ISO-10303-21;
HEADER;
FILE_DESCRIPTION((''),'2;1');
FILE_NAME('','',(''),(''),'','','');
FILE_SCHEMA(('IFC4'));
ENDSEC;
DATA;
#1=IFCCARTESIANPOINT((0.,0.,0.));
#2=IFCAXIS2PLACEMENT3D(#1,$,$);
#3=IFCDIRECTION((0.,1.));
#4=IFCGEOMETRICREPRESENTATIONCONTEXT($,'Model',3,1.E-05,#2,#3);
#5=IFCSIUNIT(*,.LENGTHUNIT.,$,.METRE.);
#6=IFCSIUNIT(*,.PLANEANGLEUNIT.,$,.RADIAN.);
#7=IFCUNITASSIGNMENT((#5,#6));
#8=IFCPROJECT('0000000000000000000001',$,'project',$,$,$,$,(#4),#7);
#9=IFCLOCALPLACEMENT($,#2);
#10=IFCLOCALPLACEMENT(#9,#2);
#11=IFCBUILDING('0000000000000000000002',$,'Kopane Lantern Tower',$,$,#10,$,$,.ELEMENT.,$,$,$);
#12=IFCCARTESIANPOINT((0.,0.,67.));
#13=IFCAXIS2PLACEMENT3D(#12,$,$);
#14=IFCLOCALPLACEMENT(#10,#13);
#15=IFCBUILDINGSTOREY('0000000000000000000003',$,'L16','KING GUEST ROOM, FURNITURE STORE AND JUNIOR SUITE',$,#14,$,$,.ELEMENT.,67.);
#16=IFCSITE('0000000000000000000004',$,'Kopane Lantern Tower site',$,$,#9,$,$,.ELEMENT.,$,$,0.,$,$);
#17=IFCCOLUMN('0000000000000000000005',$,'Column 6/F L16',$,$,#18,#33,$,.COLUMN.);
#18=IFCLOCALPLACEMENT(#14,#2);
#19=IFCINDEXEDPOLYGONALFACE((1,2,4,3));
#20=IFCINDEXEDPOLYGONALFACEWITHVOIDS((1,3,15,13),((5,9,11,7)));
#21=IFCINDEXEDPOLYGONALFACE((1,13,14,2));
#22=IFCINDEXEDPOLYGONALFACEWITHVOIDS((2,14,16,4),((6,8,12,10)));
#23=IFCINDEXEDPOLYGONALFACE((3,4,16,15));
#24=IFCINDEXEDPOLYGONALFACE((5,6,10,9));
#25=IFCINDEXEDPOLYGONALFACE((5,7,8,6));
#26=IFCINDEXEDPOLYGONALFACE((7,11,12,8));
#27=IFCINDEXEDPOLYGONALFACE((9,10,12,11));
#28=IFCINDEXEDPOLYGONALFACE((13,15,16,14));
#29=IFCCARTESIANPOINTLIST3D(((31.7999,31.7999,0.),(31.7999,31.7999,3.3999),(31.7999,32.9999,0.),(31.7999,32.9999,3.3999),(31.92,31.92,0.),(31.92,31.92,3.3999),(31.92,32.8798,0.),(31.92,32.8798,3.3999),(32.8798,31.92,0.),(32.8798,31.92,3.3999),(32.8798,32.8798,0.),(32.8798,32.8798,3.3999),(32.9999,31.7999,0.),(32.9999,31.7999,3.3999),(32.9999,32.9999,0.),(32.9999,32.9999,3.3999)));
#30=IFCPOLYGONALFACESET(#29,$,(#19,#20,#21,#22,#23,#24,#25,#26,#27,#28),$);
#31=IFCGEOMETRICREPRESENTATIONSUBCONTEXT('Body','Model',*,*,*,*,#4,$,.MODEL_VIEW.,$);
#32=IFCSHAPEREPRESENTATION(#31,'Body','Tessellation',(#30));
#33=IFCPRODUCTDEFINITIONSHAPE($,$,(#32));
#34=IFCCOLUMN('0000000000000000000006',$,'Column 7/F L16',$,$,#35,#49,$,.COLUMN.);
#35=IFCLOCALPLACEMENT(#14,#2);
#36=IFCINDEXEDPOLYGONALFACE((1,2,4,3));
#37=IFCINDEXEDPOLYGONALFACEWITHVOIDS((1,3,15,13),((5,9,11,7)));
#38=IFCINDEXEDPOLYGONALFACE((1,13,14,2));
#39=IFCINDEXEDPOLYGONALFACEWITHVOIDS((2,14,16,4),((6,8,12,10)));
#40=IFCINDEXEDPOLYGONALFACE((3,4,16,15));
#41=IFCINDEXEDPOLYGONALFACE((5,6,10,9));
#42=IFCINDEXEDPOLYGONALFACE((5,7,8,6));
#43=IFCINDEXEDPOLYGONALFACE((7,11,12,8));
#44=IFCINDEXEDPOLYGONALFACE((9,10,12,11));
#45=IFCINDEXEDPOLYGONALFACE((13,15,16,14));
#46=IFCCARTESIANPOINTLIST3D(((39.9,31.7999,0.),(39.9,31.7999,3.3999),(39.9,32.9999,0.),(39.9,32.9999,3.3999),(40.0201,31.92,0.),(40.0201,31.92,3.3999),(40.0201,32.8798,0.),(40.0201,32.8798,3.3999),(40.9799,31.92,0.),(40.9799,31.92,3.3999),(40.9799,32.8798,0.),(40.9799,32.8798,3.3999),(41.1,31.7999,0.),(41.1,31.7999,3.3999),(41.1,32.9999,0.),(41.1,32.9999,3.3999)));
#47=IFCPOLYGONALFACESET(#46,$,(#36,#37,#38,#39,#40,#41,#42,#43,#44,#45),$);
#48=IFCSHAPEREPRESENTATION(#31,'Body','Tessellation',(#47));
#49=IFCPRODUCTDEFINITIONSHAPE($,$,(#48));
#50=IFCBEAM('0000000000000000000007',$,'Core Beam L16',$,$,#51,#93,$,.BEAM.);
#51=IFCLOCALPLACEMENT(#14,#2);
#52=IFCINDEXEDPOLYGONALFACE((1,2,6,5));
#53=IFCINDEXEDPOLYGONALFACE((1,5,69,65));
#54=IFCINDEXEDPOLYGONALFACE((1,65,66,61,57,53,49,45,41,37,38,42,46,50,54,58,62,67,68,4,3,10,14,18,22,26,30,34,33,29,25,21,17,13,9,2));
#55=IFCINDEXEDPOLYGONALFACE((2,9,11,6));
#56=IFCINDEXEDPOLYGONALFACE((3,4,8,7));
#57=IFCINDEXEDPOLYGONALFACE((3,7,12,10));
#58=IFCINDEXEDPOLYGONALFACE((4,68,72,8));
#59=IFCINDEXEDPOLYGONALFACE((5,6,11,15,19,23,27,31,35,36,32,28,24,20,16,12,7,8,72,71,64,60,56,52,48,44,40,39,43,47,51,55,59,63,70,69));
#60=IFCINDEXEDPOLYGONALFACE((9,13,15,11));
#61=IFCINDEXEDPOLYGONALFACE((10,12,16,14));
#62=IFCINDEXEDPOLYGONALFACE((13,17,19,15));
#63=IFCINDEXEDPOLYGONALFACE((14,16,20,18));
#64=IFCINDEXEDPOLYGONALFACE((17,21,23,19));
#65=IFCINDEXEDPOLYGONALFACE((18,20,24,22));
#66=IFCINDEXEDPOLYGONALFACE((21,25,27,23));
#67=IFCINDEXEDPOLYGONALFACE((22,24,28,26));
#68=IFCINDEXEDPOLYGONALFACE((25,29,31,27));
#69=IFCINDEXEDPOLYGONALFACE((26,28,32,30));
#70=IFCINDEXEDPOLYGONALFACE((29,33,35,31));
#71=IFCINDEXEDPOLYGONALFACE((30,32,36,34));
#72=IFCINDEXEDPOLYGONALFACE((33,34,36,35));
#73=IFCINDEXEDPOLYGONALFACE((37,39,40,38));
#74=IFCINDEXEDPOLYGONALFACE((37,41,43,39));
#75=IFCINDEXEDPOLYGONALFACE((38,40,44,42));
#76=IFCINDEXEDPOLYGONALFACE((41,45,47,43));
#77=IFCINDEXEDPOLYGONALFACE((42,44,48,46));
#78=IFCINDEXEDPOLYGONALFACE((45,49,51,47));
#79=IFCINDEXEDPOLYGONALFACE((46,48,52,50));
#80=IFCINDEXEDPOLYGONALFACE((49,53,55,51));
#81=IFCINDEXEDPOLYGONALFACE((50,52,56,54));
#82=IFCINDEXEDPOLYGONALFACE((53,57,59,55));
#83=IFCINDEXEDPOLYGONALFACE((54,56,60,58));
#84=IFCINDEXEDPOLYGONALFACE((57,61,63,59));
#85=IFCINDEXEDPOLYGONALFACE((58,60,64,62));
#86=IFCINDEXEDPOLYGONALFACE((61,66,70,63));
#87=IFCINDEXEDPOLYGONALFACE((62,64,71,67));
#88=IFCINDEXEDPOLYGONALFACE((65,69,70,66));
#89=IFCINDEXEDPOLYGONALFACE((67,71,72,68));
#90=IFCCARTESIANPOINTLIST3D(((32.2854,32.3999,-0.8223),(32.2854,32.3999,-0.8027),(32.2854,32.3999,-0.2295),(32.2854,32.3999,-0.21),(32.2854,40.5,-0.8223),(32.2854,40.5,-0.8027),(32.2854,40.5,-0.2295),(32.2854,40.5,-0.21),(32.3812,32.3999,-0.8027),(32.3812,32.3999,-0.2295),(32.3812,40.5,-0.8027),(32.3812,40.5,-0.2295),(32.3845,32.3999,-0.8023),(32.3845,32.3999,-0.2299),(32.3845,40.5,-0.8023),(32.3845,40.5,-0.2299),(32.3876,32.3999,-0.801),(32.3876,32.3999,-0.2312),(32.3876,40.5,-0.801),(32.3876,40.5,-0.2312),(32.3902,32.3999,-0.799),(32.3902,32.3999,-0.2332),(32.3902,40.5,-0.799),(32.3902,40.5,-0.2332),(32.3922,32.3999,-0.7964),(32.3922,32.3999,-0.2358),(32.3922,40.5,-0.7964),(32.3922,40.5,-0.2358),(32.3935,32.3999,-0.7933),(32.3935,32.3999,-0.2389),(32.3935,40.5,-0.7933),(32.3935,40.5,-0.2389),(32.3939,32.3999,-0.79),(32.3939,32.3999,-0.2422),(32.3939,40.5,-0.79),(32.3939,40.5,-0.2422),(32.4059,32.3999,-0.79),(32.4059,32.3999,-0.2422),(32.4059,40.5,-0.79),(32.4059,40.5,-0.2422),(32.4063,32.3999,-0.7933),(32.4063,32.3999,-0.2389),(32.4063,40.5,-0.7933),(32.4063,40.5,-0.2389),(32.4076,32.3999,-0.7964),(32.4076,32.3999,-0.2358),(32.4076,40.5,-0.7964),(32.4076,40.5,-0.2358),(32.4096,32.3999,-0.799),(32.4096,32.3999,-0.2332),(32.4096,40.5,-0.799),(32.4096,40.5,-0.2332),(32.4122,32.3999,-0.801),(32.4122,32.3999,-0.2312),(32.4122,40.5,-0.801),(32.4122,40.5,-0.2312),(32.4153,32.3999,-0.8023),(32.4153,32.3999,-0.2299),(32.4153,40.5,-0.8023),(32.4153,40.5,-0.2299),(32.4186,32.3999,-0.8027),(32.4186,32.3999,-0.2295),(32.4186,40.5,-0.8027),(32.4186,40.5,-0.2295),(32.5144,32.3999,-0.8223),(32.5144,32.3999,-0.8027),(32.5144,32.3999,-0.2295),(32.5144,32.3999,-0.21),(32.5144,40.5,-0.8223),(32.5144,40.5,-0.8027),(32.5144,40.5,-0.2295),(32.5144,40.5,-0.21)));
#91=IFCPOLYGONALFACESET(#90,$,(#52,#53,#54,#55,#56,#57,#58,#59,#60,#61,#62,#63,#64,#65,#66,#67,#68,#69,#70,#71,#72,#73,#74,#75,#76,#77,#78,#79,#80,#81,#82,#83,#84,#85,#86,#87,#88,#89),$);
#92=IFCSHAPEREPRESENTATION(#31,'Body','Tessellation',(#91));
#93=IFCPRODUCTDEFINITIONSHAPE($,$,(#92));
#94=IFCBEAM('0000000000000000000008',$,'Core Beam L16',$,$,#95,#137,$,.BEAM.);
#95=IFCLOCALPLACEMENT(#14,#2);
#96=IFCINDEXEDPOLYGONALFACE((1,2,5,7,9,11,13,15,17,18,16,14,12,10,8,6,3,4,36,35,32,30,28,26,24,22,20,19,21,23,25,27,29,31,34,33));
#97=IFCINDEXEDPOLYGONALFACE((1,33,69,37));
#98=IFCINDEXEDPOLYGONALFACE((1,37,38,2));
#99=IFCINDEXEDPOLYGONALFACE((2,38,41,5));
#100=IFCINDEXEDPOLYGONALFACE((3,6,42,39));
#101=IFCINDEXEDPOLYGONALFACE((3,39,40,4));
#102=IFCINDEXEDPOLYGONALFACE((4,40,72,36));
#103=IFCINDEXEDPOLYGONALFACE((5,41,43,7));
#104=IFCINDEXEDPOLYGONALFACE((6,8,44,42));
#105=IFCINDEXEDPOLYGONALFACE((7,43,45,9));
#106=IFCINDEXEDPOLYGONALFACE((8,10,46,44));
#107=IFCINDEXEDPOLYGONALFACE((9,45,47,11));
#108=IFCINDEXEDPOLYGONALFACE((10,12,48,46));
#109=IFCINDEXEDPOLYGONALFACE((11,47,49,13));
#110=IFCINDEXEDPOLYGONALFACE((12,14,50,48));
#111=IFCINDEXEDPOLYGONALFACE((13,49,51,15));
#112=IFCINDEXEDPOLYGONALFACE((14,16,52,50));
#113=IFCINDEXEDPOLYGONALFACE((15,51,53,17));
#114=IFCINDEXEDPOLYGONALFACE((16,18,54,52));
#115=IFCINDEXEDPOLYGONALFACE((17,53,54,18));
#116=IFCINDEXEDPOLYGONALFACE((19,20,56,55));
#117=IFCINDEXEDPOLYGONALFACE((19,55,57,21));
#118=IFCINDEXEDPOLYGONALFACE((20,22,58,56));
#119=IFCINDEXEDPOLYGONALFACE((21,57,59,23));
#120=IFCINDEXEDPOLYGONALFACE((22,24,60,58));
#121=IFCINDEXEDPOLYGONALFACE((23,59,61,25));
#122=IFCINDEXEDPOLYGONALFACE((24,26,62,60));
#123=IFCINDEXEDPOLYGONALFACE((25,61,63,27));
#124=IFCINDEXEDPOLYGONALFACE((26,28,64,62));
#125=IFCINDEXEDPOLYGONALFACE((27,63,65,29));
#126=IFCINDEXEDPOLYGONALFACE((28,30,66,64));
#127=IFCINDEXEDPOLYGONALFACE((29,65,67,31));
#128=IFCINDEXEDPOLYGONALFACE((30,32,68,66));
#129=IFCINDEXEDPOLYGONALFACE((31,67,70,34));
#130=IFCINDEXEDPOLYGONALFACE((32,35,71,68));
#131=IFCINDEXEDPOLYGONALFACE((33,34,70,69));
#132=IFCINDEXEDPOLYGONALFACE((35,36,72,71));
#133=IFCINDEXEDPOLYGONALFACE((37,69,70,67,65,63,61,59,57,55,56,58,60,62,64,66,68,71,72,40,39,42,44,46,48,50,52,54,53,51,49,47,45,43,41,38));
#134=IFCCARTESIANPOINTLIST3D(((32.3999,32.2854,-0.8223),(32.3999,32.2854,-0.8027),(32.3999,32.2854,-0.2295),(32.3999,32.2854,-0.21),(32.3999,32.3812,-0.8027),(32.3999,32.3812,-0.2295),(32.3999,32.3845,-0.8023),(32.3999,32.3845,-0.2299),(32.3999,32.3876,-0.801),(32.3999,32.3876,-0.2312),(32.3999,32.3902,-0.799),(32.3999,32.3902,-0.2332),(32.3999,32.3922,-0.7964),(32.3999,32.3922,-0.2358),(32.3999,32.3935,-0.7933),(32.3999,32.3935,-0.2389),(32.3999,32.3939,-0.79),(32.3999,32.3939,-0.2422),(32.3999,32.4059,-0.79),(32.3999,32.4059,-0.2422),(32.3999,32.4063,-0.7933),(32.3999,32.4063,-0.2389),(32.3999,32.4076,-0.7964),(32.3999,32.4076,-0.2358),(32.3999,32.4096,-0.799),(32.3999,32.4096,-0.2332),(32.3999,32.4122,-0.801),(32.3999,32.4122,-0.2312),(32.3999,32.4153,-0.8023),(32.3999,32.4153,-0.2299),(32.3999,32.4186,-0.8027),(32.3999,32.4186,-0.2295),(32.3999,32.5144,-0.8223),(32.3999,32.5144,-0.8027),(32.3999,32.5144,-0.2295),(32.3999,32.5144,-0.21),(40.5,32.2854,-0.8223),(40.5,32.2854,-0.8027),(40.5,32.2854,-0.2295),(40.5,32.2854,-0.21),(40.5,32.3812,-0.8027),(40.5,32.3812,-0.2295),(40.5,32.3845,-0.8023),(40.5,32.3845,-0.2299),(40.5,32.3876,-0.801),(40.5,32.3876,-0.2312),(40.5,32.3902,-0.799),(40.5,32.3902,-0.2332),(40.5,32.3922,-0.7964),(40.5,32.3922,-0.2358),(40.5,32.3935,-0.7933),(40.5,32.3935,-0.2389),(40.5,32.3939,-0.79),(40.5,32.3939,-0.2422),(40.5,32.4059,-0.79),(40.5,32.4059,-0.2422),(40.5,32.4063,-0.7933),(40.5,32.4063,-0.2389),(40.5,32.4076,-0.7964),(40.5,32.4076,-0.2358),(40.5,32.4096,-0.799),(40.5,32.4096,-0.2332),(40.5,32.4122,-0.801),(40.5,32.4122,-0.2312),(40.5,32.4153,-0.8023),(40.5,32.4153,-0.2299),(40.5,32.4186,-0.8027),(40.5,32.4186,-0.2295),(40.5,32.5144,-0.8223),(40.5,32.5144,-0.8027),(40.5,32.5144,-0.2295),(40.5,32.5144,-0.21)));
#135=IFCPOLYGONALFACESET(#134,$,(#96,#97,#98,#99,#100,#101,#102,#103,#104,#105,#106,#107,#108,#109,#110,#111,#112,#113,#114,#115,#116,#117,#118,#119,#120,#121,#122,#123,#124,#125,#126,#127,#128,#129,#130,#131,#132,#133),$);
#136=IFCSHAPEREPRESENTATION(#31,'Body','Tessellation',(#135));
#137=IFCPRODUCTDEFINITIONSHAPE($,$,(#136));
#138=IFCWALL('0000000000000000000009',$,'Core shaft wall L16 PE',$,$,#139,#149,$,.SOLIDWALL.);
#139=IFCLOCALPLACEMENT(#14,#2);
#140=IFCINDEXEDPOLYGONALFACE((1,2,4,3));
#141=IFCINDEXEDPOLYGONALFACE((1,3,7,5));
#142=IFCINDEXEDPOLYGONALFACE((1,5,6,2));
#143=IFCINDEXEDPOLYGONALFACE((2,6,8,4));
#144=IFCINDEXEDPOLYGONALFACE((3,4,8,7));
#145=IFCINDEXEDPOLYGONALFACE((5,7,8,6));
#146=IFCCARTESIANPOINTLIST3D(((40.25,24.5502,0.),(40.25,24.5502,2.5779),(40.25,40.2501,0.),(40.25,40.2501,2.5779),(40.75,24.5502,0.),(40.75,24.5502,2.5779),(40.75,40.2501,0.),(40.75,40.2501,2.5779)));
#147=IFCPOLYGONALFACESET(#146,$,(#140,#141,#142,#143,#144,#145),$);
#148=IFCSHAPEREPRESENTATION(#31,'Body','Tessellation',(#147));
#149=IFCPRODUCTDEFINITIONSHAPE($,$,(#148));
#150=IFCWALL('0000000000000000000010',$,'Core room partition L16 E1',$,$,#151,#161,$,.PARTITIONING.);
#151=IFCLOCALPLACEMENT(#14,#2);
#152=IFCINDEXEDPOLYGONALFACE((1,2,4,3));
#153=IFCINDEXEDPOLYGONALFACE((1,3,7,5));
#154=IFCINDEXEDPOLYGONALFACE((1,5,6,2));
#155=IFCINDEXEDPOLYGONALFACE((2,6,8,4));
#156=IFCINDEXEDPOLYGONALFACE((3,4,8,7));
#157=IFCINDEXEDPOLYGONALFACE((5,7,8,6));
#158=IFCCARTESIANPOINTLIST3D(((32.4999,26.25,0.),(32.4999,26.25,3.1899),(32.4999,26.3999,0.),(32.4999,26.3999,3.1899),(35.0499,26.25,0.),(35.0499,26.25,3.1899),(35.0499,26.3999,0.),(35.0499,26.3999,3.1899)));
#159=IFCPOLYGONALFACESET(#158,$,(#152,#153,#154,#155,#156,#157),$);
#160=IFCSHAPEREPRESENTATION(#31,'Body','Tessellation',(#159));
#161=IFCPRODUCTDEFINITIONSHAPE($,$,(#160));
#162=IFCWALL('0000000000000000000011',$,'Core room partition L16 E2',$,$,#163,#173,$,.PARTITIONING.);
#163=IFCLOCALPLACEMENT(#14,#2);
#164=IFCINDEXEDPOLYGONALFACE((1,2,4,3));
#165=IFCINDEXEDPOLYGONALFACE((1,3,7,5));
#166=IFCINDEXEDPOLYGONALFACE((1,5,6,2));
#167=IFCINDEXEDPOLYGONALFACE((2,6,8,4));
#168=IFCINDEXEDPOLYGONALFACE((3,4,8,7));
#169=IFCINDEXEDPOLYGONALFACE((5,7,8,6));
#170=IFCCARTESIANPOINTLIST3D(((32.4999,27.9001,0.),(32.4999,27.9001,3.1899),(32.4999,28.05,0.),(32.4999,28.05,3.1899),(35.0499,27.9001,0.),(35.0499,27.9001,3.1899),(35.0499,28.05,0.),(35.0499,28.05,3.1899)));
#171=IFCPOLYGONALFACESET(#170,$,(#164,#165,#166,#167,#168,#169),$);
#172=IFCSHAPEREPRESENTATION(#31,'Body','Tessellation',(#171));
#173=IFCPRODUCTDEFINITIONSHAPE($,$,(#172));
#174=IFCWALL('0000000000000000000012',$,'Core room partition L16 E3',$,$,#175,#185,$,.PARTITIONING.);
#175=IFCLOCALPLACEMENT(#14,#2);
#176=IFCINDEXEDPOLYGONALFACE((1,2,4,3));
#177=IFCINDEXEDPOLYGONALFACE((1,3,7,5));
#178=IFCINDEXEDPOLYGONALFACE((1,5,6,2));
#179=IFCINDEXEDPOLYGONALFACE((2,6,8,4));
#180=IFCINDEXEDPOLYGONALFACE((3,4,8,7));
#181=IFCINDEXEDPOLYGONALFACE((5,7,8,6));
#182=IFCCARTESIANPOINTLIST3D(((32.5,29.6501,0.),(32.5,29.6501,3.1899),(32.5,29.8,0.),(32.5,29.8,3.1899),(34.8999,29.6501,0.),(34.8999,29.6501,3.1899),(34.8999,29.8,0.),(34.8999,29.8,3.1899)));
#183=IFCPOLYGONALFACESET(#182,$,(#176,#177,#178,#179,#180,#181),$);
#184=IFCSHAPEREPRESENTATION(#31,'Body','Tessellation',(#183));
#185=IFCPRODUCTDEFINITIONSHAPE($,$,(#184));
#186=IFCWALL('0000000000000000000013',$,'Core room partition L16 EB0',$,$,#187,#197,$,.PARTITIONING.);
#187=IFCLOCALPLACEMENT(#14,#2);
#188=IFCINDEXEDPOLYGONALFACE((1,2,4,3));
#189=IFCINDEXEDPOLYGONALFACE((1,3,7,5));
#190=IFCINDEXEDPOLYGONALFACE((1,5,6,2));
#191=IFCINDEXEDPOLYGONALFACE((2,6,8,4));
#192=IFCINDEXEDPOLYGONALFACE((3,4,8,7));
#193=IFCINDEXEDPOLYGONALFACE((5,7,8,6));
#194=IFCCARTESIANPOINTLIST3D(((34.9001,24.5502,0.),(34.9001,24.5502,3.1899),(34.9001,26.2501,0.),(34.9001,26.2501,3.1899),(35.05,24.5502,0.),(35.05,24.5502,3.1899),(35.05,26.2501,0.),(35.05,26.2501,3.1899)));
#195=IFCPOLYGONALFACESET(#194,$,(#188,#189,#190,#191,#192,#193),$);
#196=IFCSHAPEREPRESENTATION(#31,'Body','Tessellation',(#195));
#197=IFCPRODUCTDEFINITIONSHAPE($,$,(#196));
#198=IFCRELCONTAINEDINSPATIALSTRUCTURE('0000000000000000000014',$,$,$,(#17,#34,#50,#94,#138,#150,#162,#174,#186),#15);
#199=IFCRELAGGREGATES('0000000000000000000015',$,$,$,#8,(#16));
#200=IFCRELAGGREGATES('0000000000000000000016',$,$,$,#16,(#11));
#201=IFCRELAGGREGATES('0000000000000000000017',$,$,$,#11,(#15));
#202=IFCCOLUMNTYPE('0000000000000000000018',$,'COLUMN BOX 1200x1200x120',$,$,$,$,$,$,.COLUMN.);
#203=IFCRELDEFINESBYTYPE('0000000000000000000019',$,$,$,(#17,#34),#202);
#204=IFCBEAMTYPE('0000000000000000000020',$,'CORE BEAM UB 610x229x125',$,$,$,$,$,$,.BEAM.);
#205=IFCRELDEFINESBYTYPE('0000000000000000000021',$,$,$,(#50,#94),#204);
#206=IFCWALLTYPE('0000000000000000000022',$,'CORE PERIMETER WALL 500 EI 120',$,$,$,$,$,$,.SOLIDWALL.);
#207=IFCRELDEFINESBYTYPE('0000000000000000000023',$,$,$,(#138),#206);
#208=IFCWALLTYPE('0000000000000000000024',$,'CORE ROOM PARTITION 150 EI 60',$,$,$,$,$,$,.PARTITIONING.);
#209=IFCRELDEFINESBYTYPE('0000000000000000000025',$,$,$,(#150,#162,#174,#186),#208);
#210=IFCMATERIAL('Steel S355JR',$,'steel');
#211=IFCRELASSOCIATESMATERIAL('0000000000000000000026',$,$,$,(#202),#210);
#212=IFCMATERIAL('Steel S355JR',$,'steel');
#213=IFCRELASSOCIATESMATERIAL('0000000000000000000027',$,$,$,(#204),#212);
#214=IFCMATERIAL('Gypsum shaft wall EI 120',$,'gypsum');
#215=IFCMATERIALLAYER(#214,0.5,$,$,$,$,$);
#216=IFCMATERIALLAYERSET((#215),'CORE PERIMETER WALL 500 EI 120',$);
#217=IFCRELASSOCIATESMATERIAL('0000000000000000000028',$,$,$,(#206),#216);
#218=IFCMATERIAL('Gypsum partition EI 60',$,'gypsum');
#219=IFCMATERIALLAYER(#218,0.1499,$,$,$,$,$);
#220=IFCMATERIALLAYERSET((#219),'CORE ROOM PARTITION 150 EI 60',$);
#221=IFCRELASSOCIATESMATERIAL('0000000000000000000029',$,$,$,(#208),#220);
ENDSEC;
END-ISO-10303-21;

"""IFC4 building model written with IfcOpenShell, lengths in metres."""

from ifc_helpers import new_model, si_unit, direction, frame, frame_2d, origin, origin_2d, place, context, subcontext, project, spatial, rectangle, hollow_rectangle, i_section, extrude, material, layer, layer_set, material_profile, profile_set, type_object, element, save


model = new_model("IFC4")

# Units and contexts
model_context = context("Model", 3, precision=1e-05, world=origin(), true_north=direction((0.0, 1.0)))
body_context = subcontext(model_context, "Body", "Model", "MODEL_VIEW")
ifc_project = project(units=[si_unit("LENGTHUNIT", "METRE"), si_unit("PLANEANGLEUNIT", "RADIAN")], contexts=[model_context])

# Site, building, storey
site_placement = place(None, origin())
site = spatial("IfcSite", under=ifc_project, at=site_placement, Name="Kopane Lantern Tower site", CompositionType="ELEMENT", RefElevation=0.0)
building_placement = place(site_placement, origin())
building = spatial("IfcBuilding", under=site, at=building_placement, Name="Kopane Lantern Tower", CompositionType="ELEMENT")
storey_placement = place(building_placement, frame((0.0, 0.0, 67.0)))
storey = spatial("IfcBuildingStorey", under=building, at=storey_placement, Name="L16", Description="KING GUEST ROOM, FURNITURE STORE AND JUNIOR SUITE", CompositionType="ELEMENT", Elevation=67.0)

# Columns
ifc_material_1 = material(Name="Steel S355JR", Category="steel")
ifc_material_profile_1 = material_profile(ifc_material_1, hollow_rectangle(XDim=1.2, YDim=1.2, WallThickness=0.1201, at=origin_2d()), Name="BOX 1200x1200x120")
ifc_profile_set_1 = profile_set([ifc_material_profile_1], Name="Steel S355JR")
column_type = type_object("IfcColumnType", Name="COLUMN BOX 1200x1200x120", PredefinedType="COLUMN", material=ifc_profile_set_1)
for number, where, z_axis, x_axis, name in (
    (1, (32.3999, 32.3999, 0.0), (0.0, 0.0, 1.0), (1.0, 0.0, 0.0), "Column 6/F L16"),
    (2, (40.5, 32.3999, 0.0), (0.0, 0.0, 1.0), (1.0, 0.0, 0.0), "Column 7/F L16"),
):
    element("IfcColumn", number, at=place(storey_placement, frame(where, z_axis=z_axis, x_axis=x_axis)), inside=storey, type_object=column_type, Name=name, PredefinedType="COLUMN", context=body_context, shape_type="SweptSolid", body=[
        extrude(hollow_rectangle(XDim=1.2, YDim=1.2, WallThickness=0.1201, at=origin_2d()), origin(), (0.0, 0.0, 1.0), 3.3999),
    ])

# Beams
ifc_material_2 = material(Name="Steel S355JR", Category="steel")
ifc_material_profile_2 = material_profile(ifc_material_2, i_section(OverallWidth=0.229, OverallDepth=0.6123, WebThickness=0.012, FlangeThickness=0.0195, FilletRadius=0.0127, at=origin_2d()), Name="UB 610x229x125")
ifc_profile_set_2 = profile_set([ifc_material_profile_2], Name="Steel S355JR")
beam_type = type_object("IfcBeamType", Name="CORE BEAM UB 610x229x125", PredefinedType="BEAM", material=ifc_profile_set_2)
for number, where, z_axis, x_axis, name in (
    (3, (32.3999, 32.3999, -0.5161), (0.0, 1.0, 0.0), (-1.0, 0.0, 0.0), "Core Beam L16"),
    (4, (32.3999, 32.3999, -0.5161), (1.0, 0.0, 0.0), (0.0, 1.0, 0.0), "Core Beam L16"),
):
    element("IfcBeam", number, at=place(storey_placement, frame(where, z_axis=z_axis, x_axis=x_axis)), inside=storey, type_object=beam_type, Name=name, PredefinedType="BEAM", context=body_context, shape_type="SweptSolid", body=[
        extrude(i_section(OverallWidth=0.229, OverallDepth=0.6123, WebThickness=0.012, FlangeThickness=0.0195, FilletRadius=0.0127, at=origin_2d()), origin(), (0.0, 0.0, 1.0), 8.1001),
    ])

# Walls
ifc_material_3 = material(Name="Gypsum shaft wall EI 120", Category="gypsum")
ifc_layer_1 = layer(ifc_material_3, 0.5)
ifc_layer_set_1 = layer_set([ifc_layer_1], Name="CORE PERIMETER WALL 500 EI 120")
wall_type_1 = type_object("IfcWallType", Name="CORE PERIMETER WALL 500 EI 120", PredefinedType="SOLIDWALL", material=ifc_layer_set_1)
wall_1_placement = place(storey_placement, frame((40.5, 24.55, 0.0), z_axis=(0.0, 0.0, 1.0), x_axis=(0.0, 1.0, 0.0)))
element("IfcWall", 5, at=wall_1_placement, inside=storey, type_object=wall_type_1, Name="Core shaft wall L16 PE", PredefinedType="SOLIDWALL", context=body_context, shape_type="SweptSolid", body=[
    extrude(rectangle(XDim=15.7, YDim=0.5, at=frame_2d((7.8501, 0.0))), origin(), (0.0, 0.0, 1.0), 2.5779),
])
ifc_material_4 = material(Name="Gypsum partition EI 60", Category="gypsum")
ifc_layer_2 = layer(ifc_material_4, 0.1499)
ifc_layer_set_2 = layer_set([ifc_layer_2], Name="CORE ROOM PARTITION 150 EI 60")
wall_type_2 = type_object("IfcWallType", Name="CORE ROOM PARTITION 150 EI 60", PredefinedType="PARTITIONING", material=ifc_layer_set_2)
for number, where, z_axis, x_axis, name in (
    (6, (32.5, 26.325, 0.0), (0.0, 0.0, 1.0), (1.0, 0.0, 0.0), "Core room partition L16 E1"),
    (7, (32.5, 27.9751, 0.0), (0.0, 0.0, 1.0), (1.0, 0.0, 0.0), "Core room partition L16 E2"),
):
    element("IfcWall", number, at=place(storey_placement, frame(where, z_axis=z_axis, x_axis=x_axis)), inside=storey, type_object=wall_type_2, Name=name, PredefinedType="PARTITIONING", context=body_context, shape_type="SweptSolid", body=[
        extrude(rectangle(XDim=2.55, YDim=0.1499, at=frame_2d((1.2749, 0.0))), origin(), (0.0, 0.0, 1.0), 3.1899),
    ])
wall_2_placement = place(storey_placement, frame((32.5, 29.7251, 0.0), z_axis=(0.0, 0.0, 1.0), x_axis=(1.0, 0.0, 0.0)))
element("IfcWall", 8, at=wall_2_placement, inside=storey, type_object=wall_type_2, Name="Core room partition L16 E3", PredefinedType="PARTITIONING", context=body_context, shape_type="SweptSolid", body=[
    extrude(rectangle(XDim=2.3999, YDim=0.1499, at=frame_2d((1.2, 0.0))), origin(), (0.0, 0.0, 1.0), 3.1899),
])
wall_3_placement = place(storey_placement, frame((34.9751, 24.55, 0.0), z_axis=(0.0, 0.0, 1.0), x_axis=(0.0, 1.0, 0.0)))
element("IfcWall", 9, at=wall_3_placement, inside=storey, type_object=wall_type_2, Name="Core room partition L16 EB0", PredefinedType="PARTITIONING", context=body_context, shape_type="SweptSolid", body=[
    extrude(rectangle(XDim=1.7, YDim=0.1499, at=frame_2d((0.8501, 0.0))), origin(), (0.0, 0.0, 1.0), 3.1899),
])

save(model, "model.ifc")
